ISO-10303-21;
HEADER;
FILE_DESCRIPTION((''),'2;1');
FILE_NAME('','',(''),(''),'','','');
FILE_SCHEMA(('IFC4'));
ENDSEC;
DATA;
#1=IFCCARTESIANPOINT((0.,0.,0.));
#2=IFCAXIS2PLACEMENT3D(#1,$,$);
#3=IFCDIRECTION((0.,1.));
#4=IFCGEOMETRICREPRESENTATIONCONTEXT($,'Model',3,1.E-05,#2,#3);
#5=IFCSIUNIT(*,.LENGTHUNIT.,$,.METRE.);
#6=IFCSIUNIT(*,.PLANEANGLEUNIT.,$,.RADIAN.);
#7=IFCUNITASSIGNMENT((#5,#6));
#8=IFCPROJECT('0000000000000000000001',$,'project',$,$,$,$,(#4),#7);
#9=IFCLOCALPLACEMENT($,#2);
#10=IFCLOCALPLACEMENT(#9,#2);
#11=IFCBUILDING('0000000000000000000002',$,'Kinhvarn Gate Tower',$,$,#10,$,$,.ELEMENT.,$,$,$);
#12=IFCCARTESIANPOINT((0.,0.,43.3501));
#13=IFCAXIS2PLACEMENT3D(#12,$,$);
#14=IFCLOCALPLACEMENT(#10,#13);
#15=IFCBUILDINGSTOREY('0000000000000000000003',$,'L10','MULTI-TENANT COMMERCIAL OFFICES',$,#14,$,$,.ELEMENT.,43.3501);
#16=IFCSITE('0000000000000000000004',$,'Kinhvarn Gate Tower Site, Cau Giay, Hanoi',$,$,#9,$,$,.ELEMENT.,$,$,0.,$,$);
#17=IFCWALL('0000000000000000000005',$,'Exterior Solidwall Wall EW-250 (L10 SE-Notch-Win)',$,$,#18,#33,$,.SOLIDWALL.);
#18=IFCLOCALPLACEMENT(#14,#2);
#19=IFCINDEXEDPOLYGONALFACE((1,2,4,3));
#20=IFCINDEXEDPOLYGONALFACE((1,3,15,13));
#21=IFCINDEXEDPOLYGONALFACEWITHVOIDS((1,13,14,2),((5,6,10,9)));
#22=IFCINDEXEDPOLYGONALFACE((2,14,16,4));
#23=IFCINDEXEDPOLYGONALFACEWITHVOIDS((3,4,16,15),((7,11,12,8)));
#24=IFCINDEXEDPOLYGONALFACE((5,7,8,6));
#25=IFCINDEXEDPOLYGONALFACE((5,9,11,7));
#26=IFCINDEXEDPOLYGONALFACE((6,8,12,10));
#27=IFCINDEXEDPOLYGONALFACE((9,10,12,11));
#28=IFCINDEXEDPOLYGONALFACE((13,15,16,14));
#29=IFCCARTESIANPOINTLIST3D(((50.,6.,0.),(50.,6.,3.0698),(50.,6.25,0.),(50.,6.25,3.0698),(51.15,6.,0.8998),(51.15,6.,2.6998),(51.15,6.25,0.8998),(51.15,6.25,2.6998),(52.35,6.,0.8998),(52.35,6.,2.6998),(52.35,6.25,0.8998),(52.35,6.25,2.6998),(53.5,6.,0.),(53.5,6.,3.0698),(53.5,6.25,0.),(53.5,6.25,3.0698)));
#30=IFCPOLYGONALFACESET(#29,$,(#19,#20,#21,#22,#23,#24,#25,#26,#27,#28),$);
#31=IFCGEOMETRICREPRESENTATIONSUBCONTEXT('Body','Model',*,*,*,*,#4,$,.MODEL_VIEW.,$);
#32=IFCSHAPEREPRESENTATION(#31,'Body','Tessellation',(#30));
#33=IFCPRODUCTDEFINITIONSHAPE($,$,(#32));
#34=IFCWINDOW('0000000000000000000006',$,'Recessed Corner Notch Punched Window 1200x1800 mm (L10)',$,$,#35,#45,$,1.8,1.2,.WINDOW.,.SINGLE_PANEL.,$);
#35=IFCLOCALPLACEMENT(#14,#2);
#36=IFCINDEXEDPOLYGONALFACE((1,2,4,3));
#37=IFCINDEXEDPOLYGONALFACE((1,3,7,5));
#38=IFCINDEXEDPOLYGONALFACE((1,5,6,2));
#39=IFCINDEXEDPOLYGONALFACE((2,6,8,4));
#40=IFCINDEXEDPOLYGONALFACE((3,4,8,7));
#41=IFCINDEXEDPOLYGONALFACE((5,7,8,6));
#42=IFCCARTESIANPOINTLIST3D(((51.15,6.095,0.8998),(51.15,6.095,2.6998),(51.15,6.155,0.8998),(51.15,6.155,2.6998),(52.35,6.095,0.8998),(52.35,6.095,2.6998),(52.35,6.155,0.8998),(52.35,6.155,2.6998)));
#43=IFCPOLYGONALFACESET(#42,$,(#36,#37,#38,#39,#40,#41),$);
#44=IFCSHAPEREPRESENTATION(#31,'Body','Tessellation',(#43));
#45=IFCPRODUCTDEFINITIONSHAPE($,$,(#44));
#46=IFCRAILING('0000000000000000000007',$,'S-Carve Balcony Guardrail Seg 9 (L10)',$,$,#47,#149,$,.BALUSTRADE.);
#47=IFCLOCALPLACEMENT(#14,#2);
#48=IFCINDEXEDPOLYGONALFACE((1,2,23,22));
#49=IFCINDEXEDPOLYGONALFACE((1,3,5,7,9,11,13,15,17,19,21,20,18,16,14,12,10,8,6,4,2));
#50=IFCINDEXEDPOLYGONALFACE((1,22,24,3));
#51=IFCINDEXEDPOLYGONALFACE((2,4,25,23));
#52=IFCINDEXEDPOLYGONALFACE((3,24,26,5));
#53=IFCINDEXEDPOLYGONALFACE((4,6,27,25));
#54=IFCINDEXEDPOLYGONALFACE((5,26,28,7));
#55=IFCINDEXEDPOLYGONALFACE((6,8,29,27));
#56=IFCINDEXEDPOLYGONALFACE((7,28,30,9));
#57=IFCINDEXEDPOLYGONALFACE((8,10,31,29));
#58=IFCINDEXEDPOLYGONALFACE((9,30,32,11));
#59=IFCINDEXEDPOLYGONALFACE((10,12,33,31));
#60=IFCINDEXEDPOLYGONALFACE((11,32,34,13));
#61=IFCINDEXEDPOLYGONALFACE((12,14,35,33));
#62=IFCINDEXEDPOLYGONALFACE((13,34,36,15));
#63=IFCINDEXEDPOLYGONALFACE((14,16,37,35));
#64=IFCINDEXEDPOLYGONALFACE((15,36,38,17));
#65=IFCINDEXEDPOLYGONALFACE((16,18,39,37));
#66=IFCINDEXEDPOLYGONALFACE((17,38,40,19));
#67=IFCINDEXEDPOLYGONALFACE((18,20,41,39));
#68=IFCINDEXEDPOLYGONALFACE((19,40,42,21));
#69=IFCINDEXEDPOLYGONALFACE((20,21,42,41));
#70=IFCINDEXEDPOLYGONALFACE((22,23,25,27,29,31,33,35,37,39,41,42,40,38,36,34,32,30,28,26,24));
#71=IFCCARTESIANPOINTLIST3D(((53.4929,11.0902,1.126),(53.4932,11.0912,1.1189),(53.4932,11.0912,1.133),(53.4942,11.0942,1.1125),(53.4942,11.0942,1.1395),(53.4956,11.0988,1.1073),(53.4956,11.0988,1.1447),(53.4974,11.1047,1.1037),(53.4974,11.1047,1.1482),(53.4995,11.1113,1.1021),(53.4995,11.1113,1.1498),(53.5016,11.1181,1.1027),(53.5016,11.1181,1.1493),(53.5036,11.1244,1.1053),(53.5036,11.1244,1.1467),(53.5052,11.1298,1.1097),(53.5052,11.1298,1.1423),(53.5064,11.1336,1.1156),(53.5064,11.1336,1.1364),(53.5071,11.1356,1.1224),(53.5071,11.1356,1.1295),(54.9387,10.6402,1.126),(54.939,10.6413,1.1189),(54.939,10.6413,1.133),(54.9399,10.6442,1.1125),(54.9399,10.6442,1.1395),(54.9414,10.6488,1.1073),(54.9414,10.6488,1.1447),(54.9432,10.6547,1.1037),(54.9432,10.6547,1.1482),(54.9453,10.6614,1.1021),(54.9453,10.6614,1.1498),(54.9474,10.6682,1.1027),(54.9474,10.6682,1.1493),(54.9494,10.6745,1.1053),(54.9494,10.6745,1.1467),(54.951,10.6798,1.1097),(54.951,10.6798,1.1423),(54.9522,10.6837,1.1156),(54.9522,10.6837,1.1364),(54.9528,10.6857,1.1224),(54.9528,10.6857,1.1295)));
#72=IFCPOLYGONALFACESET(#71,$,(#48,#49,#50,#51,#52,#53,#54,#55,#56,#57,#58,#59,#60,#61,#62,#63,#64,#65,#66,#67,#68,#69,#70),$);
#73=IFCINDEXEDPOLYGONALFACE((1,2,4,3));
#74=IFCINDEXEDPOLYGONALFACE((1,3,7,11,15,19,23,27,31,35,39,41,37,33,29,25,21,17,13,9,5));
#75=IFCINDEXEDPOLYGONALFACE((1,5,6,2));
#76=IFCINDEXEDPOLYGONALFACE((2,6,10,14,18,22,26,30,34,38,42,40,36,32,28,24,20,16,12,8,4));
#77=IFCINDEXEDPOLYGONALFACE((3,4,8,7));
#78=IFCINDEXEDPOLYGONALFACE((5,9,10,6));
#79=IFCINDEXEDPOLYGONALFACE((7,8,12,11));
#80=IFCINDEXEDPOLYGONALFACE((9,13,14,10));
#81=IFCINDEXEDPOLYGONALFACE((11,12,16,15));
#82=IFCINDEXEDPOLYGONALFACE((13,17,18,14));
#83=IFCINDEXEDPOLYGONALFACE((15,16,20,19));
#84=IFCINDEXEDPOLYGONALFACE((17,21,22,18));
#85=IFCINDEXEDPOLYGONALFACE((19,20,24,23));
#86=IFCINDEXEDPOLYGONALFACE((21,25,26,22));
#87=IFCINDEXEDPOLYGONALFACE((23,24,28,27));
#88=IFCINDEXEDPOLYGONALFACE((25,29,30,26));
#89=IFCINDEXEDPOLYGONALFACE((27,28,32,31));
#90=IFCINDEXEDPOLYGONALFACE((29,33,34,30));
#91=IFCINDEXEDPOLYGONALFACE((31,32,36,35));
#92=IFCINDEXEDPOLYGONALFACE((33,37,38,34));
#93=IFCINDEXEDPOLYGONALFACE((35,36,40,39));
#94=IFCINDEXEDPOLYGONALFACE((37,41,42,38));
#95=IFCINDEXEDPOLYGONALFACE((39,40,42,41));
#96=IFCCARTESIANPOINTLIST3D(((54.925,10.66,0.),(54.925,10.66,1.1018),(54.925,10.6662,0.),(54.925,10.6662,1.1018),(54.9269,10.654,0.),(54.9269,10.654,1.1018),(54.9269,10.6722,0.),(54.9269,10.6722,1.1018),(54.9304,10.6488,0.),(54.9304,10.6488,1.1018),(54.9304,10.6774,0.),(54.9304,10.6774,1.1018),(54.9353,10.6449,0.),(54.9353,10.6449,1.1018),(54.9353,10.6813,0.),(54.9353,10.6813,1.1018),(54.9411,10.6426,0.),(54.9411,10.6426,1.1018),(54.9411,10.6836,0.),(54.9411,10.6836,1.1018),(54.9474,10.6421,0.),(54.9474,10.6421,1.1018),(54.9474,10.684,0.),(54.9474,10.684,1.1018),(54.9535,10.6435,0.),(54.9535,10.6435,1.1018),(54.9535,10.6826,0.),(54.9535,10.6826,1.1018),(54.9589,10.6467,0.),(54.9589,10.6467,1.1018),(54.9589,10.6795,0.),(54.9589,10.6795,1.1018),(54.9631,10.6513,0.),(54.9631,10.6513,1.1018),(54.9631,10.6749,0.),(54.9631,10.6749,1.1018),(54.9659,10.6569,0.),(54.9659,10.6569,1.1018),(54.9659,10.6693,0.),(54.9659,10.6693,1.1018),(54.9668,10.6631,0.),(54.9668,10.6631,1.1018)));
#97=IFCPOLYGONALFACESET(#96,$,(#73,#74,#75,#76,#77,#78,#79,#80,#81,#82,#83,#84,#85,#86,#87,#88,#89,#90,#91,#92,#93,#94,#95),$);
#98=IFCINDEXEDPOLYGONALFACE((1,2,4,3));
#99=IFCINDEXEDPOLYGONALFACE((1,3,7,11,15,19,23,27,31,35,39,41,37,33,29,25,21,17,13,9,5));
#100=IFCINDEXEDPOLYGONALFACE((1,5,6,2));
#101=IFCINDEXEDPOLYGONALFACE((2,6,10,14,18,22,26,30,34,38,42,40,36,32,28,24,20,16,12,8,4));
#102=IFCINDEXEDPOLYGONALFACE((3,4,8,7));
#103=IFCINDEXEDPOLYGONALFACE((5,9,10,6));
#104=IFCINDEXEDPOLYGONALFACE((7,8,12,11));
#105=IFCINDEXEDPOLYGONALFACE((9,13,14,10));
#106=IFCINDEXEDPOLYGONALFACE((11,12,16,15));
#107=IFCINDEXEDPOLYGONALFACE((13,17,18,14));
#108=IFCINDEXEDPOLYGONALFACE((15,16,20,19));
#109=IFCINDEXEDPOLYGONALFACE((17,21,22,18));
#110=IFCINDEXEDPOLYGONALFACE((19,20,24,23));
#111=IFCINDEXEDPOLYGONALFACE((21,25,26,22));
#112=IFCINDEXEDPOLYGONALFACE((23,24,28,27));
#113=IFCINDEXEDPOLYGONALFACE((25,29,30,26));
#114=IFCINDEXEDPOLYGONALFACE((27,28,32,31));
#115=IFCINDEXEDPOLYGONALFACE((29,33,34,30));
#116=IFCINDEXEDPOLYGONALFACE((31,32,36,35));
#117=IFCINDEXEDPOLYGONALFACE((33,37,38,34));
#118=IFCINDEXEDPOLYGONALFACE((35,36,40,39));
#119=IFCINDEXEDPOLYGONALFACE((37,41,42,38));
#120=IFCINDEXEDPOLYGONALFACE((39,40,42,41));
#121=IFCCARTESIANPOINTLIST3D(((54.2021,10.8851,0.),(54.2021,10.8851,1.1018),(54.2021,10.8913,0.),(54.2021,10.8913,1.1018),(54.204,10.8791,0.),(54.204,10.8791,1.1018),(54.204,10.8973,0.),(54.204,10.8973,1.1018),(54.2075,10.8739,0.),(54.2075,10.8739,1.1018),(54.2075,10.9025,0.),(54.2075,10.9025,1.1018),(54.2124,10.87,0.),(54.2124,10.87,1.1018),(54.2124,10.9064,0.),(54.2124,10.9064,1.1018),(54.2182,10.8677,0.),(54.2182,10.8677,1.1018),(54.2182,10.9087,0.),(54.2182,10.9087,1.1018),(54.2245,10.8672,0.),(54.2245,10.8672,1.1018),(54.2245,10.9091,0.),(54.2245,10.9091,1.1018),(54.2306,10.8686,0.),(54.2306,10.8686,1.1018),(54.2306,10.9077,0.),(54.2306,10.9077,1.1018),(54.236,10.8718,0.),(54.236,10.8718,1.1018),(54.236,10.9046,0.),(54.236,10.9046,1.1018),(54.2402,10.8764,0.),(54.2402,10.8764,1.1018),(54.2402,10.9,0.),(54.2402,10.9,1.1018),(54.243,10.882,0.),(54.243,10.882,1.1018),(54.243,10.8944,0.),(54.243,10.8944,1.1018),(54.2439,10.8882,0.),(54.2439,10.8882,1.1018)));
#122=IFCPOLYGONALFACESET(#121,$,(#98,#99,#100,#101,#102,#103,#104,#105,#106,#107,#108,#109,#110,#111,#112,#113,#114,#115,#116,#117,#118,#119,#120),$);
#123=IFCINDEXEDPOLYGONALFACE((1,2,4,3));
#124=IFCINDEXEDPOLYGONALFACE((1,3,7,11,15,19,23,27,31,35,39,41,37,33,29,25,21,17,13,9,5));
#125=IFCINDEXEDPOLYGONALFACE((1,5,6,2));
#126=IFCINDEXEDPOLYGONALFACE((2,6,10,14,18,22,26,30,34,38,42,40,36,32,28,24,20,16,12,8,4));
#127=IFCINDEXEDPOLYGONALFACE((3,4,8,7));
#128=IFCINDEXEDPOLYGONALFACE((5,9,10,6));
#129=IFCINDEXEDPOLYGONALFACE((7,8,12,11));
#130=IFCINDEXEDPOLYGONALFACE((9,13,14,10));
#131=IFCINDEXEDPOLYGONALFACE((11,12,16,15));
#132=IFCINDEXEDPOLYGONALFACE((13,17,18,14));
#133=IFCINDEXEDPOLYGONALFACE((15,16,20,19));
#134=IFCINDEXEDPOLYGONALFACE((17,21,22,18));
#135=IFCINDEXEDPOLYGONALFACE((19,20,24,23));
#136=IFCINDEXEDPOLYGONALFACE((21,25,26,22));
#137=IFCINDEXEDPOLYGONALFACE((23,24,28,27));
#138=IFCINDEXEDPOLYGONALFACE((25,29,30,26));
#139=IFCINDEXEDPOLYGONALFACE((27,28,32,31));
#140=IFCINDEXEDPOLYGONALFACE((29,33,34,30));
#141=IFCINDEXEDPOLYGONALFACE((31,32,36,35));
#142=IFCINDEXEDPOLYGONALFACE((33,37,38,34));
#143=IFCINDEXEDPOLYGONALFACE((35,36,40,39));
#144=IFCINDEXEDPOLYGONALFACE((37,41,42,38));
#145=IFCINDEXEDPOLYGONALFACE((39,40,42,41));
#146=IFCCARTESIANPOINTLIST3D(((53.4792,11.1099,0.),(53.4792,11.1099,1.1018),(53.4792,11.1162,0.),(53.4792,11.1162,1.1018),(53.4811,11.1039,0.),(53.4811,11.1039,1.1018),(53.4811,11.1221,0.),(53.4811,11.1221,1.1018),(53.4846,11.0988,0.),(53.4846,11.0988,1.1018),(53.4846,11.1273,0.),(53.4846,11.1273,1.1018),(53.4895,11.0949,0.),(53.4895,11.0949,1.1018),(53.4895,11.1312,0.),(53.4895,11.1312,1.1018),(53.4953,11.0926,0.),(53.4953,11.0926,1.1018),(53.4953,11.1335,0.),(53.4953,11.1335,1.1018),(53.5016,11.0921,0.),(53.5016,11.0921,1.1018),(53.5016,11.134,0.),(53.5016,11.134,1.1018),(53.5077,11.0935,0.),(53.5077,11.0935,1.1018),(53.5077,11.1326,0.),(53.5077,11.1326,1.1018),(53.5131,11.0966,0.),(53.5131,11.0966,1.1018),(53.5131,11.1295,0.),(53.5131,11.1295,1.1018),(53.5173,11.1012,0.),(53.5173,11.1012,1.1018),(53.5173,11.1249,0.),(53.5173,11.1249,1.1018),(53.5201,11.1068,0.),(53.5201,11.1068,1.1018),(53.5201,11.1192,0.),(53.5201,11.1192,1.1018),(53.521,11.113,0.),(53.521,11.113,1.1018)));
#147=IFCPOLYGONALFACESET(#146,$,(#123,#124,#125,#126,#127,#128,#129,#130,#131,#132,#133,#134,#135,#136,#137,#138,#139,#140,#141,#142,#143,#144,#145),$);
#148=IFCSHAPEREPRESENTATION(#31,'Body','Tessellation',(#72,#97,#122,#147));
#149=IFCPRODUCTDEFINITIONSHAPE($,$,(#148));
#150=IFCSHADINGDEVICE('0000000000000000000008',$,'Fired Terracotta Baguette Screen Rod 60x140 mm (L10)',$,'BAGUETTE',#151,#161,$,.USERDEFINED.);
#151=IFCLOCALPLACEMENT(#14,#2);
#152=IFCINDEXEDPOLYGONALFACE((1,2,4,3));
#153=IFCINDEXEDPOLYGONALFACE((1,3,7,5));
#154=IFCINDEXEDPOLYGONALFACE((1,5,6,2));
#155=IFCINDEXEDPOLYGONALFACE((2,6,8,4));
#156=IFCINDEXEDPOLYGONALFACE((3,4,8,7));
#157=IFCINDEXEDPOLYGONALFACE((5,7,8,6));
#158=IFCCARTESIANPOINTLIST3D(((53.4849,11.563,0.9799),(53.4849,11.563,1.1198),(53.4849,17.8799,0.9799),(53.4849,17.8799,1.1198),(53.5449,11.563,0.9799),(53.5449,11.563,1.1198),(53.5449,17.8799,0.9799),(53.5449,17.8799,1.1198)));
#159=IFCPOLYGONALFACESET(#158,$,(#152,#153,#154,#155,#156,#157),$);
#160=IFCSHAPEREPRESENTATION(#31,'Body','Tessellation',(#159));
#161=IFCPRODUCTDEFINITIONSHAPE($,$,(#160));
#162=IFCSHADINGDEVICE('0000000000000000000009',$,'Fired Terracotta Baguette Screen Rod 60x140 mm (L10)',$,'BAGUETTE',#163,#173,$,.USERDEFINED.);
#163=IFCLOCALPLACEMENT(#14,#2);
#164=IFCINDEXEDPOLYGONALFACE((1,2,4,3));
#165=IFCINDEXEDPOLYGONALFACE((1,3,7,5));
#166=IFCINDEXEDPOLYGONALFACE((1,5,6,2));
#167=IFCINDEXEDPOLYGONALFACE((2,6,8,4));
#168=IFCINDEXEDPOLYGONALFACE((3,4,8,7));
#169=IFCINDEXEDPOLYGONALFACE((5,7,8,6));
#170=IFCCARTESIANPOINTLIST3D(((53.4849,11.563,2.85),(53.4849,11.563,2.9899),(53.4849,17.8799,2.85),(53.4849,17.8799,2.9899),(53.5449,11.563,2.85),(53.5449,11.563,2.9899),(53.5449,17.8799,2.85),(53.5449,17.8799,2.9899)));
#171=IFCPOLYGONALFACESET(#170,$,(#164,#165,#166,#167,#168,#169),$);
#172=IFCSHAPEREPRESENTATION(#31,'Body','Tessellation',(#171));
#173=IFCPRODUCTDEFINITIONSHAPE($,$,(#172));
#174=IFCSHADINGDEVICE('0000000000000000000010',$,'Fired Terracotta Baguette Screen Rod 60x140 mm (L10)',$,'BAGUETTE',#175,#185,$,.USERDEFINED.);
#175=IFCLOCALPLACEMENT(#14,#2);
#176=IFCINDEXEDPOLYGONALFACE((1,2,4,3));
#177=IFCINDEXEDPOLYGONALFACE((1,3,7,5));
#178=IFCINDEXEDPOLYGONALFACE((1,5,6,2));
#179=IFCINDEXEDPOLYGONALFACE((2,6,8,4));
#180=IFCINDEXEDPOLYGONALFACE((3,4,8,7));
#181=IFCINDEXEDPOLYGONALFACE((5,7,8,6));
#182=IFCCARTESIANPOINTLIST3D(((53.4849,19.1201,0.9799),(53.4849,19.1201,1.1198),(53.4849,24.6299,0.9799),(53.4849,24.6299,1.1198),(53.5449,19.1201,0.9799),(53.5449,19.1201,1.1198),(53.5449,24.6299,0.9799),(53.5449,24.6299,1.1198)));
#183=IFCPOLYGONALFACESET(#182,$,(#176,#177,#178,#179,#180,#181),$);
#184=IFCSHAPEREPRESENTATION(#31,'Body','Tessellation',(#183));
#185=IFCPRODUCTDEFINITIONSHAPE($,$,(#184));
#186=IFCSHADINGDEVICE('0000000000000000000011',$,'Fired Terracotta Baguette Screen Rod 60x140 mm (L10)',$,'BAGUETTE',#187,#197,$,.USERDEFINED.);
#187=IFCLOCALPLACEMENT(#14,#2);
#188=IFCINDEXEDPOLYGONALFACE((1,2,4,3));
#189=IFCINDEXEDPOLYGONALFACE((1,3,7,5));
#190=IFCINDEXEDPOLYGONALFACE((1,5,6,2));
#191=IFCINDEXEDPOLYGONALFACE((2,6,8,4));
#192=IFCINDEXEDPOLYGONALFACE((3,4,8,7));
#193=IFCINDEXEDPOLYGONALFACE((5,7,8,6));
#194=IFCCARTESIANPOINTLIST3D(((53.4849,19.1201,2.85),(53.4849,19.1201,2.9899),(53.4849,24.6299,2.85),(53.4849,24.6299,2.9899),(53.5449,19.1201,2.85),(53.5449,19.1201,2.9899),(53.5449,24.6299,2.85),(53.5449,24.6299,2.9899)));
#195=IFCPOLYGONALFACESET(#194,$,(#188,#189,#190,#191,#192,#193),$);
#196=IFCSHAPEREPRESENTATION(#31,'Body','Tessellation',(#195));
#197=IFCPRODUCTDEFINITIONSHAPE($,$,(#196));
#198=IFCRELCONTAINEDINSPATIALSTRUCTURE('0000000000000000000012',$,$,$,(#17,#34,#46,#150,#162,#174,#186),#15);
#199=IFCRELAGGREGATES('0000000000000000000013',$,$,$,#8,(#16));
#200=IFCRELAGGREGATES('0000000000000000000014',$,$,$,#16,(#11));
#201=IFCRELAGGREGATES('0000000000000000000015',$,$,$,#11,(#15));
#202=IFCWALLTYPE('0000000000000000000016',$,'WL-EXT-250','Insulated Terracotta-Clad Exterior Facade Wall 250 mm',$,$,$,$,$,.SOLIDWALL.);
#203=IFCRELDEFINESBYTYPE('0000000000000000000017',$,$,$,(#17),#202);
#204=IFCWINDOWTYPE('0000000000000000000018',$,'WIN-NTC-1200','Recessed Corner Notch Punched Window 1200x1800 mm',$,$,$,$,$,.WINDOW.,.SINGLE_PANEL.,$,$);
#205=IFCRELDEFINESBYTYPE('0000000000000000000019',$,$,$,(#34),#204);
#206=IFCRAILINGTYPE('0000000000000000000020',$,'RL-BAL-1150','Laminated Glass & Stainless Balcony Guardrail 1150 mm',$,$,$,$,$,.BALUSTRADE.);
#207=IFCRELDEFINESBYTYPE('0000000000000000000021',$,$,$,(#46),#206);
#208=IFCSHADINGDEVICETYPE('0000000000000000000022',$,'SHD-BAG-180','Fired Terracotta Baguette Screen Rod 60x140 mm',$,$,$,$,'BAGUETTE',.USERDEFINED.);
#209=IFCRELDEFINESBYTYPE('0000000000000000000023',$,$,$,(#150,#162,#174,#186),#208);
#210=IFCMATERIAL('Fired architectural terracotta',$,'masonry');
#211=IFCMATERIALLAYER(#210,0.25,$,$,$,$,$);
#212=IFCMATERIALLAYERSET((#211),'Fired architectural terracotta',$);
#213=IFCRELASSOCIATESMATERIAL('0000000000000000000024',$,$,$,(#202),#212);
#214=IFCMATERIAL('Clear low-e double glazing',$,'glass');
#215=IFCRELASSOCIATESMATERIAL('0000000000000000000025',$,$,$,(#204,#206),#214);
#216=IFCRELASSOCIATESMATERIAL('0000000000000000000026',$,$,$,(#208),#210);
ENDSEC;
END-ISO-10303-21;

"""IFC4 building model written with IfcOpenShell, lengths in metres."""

from ifc_helpers import new_model, si_unit, direction, frame, frame_2d, origin, origin_2d, place, context, subcontext, project, spatial, rectangle, circle, extrude, material, layer, layer_set, material_profile, profile_set, type_object, element, fill, save


model = new_model("IFC4")

# Units and contexts
model_context = context("Model", 3, precision=1e-05, world=origin(), true_north=direction((0.0, 1.0)))
body_context = subcontext(model_context, "Body", "Model", "MODEL_VIEW")
ifc_project = project(units=[si_unit("LENGTHUNIT", "METRE"), si_unit("PLANEANGLEUNIT", "RADIAN")], contexts=[model_context])

# Site, building, storey
site_placement = place(None, origin())
site = spatial("IfcSite", under=ifc_project, at=site_placement, Name="Kinhvarn Gate Tower Site, Cau Giay, Hanoi", CompositionType="ELEMENT", RefElevation=0.0)
building_placement = place(site_placement, origin())
building = spatial("IfcBuilding", under=site, at=building_placement, Name="Kinhvarn Gate Tower", CompositionType="ELEMENT")
storey_placement = place(building_placement, frame((0.0, 0.0, 43.3501)))
storey = spatial("IfcBuildingStorey", under=building, at=storey_placement, Name="L10", Description="MULTI-TENANT COMMERCIAL OFFICES", CompositionType="ELEMENT", Elevation=43.3501)

# Shared definitions
ifc_material_1 = material(Name="Clear low-e double glazing", Category="glass")

# Wall, opening, window
ifc_material_2 = material(Name="Fired architectural terracotta", Category="masonry")
ifc_layer_1 = layer(ifc_material_2, 0.25)
ifc_layer_set_1 = layer_set([ifc_layer_1], Name="Fired architectural terracotta")
wall_type = type_object("IfcWallType", Name="WL-EXT-250", Description="Insulated Terracotta-Clad Exterior Facade Wall 250 mm", PredefinedType="SOLIDWALL", material=ifc_layer_set_1)
wall_placement = place(storey_placement, frame((50.0, 6.125, 0.0), z_axis=(0.0, 0.0, 1.0), x_axis=(1.0, 0.0, 0.0)))
wall = element("IfcWall", 1, at=wall_placement, inside=storey, type_object=wall_type, Name="Exterior Solidwall Wall EW-250 (L10 SE-Notch-Win)", PredefinedType="SOLIDWALL", context=body_context, shape_type="SweptSolid", body=[
    extrude(rectangle(XDim=3.5, YDim=0.25, at=frame_2d((1.75, 0.0))), origin(), (0.0, 0.0, 1.0), 3.0698),
])
opening_placement = place(wall_placement, frame((1.1499, 0.0, 0.8999)))
opening = element("IfcOpeningElement", 2, at=opening_placement, cuts=wall, PredefinedType="OPENING", context=body_context, shape_type="SweptSolid", body=[
    extrude(rectangle(XDim=1.2, YDim=1.8, at=frame_2d((0.6001, 0.8999))), frame((0.0, 0.135, 0.0), z_axis=(0.0, -1.0, 0.0), x_axis=(1.0, 0.0, 0.0)), (0.0, 0.0, 1.0), 0.27),
])
window_type = type_object("IfcWindowType", Name="WIN-NTC-1200", Description="Recessed Corner Notch Punched Window 1200x1800 mm", PartitioningType="SINGLE_PANEL", PredefinedType="WINDOW", material=ifc_material_1)
window_placement = place(opening_placement, origin())
window = element("IfcWindow", 3, at=window_placement, inside=storey, type_object=window_type, Name="Recessed Corner Notch Punched Window 1200x1800 mm (L10)", OverallHeight=1.8, OverallWidth=1.2, PartitioningType="SINGLE_PANEL", PredefinedType="WINDOW", context=body_context, shape_type="SweptSolid", body=[
    extrude(rectangle(XDim=1.2, YDim=1.8, at=frame_2d((0.6001, 0.8999))), frame((0.0, 0.03, 0.0), z_axis=(0.0, -1.0, 0.0), x_axis=(1.0, 0.0, 0.0)), (0.0, 0.0, 1.0), 0.0601),
])
fill(opening, window)

# Railing
railing_type = type_object("IfcRailingType", Name="RL-BAL-1150", Description="Laminated Glass & Stainless Balcony Guardrail 1150 mm", PredefinedType="BALUSTRADE", material=ifc_material_1)
railing_placement = place(storey_placement, frame((54.9458, 10.6631, 0.0)))
element("IfcRailing", 4, at=railing_placement, inside=storey, type_object=railing_type, Name="S-Carve Balcony Guardrail Seg 9 (L10)", PredefinedType="BALUSTRADE", context=body_context, shape_type="SweptSolid", body=[
    extrude(circle(Radius=0.0239, at=origin_2d()), frame((0.0, 0.0, 1.126), z_axis=(-0.954829, 0.297155, 0.0), x_axis=(-0.297155, -0.954829, 0.0)), (0.0, 0.0, 1.0), 1.5142),
    extrude(circle(Radius=0.021, at=origin_2d()), origin(), (0.0, 0.0, 1.0), 1.1018),
    extrude(circle(Radius=0.021, at=origin_2d()), frame((-0.7229, 0.2251, 0.0)), (0.0, 0.0, 1.0), 1.1018),
    extrude(circle(Radius=0.021, at=origin_2d()), frame((-1.4458, 0.45, 0.0)), (0.0, 0.0, 1.0), 1.1018),
])

# Shading devices
ifc_material_profile_1 = material_profile(ifc_material_2, rectangle(XDim=0.0601, YDim=0.1399, at=origin_2d()), Name="TC 60x140")
ifc_profile_set_1 = profile_set([ifc_material_profile_1], Name="Fired architectural terracotta")
shading_device_type = type_object("IfcShadingDeviceType", Name="SHD-BAG-180", Description="Fired Terracotta Baguette Screen Rod 60x140 mm", ElementType="BAGUETTE", PredefinedType="USERDEFINED", material=ifc_profile_set_1)
for number, where, z_axis, x_axis, name in (
    (5, (53.5149, 11.563, 1.0498), (0.0, 1.0, 0.0), (-1.0, 0.0, 0.0), "Fired Terracotta Baguette Screen Rod 60x140 mm (L10)"),
    (6, (53.5149, 11.563, 2.9199), (0.0, 1.0, 0.0), (-1.0, 0.0, 0.0), "Fired Terracotta Baguette Screen Rod 60x140 mm (L10)"),
):
    element("IfcShadingDevice", number, at=place(storey_placement, frame(where, z_axis=z_axis, x_axis=x_axis)), inside=storey, type_object=shading_device_type, Name=name, ObjectType="BAGUETTE", PredefinedType="USERDEFINED", context=body_context, shape_type="SweptSolid", body=[
        extrude(rectangle(XDim=0.0601, YDim=0.1399, at=origin_2d()), origin(), (0.0, 0.0, 1.0), 6.3169),
    ])
for number, where, z_axis, x_axis, name in (
    (7, (53.5149, 19.1201, 1.0498), (0.0, 1.0, 0.0), (-1.0, 0.0, 0.0), "Fired Terracotta Baguette Screen Rod 60x140 mm (L10)"),
    (8, (53.5149, 19.1201, 2.9199), (0.0, 1.0, 0.0), (-1.0, 0.0, 0.0), "Fired Terracotta Baguette Screen Rod 60x140 mm (L10)"),
):
    element("IfcShadingDevice", number, at=place(storey_placement, frame(where, z_axis=z_axis, x_axis=x_axis)), inside=storey, type_object=shading_device_type, Name=name, ObjectType="BAGUETTE", PredefinedType="USERDEFINED", context=body_context, shape_type="SweptSolid", body=[
        extrude(rectangle(XDim=0.0601, YDim=0.1399, at=origin_2d()), origin(), (0.0, 0.0, 1.0), 5.5098),
    ])

save(model, "model.ifc")
